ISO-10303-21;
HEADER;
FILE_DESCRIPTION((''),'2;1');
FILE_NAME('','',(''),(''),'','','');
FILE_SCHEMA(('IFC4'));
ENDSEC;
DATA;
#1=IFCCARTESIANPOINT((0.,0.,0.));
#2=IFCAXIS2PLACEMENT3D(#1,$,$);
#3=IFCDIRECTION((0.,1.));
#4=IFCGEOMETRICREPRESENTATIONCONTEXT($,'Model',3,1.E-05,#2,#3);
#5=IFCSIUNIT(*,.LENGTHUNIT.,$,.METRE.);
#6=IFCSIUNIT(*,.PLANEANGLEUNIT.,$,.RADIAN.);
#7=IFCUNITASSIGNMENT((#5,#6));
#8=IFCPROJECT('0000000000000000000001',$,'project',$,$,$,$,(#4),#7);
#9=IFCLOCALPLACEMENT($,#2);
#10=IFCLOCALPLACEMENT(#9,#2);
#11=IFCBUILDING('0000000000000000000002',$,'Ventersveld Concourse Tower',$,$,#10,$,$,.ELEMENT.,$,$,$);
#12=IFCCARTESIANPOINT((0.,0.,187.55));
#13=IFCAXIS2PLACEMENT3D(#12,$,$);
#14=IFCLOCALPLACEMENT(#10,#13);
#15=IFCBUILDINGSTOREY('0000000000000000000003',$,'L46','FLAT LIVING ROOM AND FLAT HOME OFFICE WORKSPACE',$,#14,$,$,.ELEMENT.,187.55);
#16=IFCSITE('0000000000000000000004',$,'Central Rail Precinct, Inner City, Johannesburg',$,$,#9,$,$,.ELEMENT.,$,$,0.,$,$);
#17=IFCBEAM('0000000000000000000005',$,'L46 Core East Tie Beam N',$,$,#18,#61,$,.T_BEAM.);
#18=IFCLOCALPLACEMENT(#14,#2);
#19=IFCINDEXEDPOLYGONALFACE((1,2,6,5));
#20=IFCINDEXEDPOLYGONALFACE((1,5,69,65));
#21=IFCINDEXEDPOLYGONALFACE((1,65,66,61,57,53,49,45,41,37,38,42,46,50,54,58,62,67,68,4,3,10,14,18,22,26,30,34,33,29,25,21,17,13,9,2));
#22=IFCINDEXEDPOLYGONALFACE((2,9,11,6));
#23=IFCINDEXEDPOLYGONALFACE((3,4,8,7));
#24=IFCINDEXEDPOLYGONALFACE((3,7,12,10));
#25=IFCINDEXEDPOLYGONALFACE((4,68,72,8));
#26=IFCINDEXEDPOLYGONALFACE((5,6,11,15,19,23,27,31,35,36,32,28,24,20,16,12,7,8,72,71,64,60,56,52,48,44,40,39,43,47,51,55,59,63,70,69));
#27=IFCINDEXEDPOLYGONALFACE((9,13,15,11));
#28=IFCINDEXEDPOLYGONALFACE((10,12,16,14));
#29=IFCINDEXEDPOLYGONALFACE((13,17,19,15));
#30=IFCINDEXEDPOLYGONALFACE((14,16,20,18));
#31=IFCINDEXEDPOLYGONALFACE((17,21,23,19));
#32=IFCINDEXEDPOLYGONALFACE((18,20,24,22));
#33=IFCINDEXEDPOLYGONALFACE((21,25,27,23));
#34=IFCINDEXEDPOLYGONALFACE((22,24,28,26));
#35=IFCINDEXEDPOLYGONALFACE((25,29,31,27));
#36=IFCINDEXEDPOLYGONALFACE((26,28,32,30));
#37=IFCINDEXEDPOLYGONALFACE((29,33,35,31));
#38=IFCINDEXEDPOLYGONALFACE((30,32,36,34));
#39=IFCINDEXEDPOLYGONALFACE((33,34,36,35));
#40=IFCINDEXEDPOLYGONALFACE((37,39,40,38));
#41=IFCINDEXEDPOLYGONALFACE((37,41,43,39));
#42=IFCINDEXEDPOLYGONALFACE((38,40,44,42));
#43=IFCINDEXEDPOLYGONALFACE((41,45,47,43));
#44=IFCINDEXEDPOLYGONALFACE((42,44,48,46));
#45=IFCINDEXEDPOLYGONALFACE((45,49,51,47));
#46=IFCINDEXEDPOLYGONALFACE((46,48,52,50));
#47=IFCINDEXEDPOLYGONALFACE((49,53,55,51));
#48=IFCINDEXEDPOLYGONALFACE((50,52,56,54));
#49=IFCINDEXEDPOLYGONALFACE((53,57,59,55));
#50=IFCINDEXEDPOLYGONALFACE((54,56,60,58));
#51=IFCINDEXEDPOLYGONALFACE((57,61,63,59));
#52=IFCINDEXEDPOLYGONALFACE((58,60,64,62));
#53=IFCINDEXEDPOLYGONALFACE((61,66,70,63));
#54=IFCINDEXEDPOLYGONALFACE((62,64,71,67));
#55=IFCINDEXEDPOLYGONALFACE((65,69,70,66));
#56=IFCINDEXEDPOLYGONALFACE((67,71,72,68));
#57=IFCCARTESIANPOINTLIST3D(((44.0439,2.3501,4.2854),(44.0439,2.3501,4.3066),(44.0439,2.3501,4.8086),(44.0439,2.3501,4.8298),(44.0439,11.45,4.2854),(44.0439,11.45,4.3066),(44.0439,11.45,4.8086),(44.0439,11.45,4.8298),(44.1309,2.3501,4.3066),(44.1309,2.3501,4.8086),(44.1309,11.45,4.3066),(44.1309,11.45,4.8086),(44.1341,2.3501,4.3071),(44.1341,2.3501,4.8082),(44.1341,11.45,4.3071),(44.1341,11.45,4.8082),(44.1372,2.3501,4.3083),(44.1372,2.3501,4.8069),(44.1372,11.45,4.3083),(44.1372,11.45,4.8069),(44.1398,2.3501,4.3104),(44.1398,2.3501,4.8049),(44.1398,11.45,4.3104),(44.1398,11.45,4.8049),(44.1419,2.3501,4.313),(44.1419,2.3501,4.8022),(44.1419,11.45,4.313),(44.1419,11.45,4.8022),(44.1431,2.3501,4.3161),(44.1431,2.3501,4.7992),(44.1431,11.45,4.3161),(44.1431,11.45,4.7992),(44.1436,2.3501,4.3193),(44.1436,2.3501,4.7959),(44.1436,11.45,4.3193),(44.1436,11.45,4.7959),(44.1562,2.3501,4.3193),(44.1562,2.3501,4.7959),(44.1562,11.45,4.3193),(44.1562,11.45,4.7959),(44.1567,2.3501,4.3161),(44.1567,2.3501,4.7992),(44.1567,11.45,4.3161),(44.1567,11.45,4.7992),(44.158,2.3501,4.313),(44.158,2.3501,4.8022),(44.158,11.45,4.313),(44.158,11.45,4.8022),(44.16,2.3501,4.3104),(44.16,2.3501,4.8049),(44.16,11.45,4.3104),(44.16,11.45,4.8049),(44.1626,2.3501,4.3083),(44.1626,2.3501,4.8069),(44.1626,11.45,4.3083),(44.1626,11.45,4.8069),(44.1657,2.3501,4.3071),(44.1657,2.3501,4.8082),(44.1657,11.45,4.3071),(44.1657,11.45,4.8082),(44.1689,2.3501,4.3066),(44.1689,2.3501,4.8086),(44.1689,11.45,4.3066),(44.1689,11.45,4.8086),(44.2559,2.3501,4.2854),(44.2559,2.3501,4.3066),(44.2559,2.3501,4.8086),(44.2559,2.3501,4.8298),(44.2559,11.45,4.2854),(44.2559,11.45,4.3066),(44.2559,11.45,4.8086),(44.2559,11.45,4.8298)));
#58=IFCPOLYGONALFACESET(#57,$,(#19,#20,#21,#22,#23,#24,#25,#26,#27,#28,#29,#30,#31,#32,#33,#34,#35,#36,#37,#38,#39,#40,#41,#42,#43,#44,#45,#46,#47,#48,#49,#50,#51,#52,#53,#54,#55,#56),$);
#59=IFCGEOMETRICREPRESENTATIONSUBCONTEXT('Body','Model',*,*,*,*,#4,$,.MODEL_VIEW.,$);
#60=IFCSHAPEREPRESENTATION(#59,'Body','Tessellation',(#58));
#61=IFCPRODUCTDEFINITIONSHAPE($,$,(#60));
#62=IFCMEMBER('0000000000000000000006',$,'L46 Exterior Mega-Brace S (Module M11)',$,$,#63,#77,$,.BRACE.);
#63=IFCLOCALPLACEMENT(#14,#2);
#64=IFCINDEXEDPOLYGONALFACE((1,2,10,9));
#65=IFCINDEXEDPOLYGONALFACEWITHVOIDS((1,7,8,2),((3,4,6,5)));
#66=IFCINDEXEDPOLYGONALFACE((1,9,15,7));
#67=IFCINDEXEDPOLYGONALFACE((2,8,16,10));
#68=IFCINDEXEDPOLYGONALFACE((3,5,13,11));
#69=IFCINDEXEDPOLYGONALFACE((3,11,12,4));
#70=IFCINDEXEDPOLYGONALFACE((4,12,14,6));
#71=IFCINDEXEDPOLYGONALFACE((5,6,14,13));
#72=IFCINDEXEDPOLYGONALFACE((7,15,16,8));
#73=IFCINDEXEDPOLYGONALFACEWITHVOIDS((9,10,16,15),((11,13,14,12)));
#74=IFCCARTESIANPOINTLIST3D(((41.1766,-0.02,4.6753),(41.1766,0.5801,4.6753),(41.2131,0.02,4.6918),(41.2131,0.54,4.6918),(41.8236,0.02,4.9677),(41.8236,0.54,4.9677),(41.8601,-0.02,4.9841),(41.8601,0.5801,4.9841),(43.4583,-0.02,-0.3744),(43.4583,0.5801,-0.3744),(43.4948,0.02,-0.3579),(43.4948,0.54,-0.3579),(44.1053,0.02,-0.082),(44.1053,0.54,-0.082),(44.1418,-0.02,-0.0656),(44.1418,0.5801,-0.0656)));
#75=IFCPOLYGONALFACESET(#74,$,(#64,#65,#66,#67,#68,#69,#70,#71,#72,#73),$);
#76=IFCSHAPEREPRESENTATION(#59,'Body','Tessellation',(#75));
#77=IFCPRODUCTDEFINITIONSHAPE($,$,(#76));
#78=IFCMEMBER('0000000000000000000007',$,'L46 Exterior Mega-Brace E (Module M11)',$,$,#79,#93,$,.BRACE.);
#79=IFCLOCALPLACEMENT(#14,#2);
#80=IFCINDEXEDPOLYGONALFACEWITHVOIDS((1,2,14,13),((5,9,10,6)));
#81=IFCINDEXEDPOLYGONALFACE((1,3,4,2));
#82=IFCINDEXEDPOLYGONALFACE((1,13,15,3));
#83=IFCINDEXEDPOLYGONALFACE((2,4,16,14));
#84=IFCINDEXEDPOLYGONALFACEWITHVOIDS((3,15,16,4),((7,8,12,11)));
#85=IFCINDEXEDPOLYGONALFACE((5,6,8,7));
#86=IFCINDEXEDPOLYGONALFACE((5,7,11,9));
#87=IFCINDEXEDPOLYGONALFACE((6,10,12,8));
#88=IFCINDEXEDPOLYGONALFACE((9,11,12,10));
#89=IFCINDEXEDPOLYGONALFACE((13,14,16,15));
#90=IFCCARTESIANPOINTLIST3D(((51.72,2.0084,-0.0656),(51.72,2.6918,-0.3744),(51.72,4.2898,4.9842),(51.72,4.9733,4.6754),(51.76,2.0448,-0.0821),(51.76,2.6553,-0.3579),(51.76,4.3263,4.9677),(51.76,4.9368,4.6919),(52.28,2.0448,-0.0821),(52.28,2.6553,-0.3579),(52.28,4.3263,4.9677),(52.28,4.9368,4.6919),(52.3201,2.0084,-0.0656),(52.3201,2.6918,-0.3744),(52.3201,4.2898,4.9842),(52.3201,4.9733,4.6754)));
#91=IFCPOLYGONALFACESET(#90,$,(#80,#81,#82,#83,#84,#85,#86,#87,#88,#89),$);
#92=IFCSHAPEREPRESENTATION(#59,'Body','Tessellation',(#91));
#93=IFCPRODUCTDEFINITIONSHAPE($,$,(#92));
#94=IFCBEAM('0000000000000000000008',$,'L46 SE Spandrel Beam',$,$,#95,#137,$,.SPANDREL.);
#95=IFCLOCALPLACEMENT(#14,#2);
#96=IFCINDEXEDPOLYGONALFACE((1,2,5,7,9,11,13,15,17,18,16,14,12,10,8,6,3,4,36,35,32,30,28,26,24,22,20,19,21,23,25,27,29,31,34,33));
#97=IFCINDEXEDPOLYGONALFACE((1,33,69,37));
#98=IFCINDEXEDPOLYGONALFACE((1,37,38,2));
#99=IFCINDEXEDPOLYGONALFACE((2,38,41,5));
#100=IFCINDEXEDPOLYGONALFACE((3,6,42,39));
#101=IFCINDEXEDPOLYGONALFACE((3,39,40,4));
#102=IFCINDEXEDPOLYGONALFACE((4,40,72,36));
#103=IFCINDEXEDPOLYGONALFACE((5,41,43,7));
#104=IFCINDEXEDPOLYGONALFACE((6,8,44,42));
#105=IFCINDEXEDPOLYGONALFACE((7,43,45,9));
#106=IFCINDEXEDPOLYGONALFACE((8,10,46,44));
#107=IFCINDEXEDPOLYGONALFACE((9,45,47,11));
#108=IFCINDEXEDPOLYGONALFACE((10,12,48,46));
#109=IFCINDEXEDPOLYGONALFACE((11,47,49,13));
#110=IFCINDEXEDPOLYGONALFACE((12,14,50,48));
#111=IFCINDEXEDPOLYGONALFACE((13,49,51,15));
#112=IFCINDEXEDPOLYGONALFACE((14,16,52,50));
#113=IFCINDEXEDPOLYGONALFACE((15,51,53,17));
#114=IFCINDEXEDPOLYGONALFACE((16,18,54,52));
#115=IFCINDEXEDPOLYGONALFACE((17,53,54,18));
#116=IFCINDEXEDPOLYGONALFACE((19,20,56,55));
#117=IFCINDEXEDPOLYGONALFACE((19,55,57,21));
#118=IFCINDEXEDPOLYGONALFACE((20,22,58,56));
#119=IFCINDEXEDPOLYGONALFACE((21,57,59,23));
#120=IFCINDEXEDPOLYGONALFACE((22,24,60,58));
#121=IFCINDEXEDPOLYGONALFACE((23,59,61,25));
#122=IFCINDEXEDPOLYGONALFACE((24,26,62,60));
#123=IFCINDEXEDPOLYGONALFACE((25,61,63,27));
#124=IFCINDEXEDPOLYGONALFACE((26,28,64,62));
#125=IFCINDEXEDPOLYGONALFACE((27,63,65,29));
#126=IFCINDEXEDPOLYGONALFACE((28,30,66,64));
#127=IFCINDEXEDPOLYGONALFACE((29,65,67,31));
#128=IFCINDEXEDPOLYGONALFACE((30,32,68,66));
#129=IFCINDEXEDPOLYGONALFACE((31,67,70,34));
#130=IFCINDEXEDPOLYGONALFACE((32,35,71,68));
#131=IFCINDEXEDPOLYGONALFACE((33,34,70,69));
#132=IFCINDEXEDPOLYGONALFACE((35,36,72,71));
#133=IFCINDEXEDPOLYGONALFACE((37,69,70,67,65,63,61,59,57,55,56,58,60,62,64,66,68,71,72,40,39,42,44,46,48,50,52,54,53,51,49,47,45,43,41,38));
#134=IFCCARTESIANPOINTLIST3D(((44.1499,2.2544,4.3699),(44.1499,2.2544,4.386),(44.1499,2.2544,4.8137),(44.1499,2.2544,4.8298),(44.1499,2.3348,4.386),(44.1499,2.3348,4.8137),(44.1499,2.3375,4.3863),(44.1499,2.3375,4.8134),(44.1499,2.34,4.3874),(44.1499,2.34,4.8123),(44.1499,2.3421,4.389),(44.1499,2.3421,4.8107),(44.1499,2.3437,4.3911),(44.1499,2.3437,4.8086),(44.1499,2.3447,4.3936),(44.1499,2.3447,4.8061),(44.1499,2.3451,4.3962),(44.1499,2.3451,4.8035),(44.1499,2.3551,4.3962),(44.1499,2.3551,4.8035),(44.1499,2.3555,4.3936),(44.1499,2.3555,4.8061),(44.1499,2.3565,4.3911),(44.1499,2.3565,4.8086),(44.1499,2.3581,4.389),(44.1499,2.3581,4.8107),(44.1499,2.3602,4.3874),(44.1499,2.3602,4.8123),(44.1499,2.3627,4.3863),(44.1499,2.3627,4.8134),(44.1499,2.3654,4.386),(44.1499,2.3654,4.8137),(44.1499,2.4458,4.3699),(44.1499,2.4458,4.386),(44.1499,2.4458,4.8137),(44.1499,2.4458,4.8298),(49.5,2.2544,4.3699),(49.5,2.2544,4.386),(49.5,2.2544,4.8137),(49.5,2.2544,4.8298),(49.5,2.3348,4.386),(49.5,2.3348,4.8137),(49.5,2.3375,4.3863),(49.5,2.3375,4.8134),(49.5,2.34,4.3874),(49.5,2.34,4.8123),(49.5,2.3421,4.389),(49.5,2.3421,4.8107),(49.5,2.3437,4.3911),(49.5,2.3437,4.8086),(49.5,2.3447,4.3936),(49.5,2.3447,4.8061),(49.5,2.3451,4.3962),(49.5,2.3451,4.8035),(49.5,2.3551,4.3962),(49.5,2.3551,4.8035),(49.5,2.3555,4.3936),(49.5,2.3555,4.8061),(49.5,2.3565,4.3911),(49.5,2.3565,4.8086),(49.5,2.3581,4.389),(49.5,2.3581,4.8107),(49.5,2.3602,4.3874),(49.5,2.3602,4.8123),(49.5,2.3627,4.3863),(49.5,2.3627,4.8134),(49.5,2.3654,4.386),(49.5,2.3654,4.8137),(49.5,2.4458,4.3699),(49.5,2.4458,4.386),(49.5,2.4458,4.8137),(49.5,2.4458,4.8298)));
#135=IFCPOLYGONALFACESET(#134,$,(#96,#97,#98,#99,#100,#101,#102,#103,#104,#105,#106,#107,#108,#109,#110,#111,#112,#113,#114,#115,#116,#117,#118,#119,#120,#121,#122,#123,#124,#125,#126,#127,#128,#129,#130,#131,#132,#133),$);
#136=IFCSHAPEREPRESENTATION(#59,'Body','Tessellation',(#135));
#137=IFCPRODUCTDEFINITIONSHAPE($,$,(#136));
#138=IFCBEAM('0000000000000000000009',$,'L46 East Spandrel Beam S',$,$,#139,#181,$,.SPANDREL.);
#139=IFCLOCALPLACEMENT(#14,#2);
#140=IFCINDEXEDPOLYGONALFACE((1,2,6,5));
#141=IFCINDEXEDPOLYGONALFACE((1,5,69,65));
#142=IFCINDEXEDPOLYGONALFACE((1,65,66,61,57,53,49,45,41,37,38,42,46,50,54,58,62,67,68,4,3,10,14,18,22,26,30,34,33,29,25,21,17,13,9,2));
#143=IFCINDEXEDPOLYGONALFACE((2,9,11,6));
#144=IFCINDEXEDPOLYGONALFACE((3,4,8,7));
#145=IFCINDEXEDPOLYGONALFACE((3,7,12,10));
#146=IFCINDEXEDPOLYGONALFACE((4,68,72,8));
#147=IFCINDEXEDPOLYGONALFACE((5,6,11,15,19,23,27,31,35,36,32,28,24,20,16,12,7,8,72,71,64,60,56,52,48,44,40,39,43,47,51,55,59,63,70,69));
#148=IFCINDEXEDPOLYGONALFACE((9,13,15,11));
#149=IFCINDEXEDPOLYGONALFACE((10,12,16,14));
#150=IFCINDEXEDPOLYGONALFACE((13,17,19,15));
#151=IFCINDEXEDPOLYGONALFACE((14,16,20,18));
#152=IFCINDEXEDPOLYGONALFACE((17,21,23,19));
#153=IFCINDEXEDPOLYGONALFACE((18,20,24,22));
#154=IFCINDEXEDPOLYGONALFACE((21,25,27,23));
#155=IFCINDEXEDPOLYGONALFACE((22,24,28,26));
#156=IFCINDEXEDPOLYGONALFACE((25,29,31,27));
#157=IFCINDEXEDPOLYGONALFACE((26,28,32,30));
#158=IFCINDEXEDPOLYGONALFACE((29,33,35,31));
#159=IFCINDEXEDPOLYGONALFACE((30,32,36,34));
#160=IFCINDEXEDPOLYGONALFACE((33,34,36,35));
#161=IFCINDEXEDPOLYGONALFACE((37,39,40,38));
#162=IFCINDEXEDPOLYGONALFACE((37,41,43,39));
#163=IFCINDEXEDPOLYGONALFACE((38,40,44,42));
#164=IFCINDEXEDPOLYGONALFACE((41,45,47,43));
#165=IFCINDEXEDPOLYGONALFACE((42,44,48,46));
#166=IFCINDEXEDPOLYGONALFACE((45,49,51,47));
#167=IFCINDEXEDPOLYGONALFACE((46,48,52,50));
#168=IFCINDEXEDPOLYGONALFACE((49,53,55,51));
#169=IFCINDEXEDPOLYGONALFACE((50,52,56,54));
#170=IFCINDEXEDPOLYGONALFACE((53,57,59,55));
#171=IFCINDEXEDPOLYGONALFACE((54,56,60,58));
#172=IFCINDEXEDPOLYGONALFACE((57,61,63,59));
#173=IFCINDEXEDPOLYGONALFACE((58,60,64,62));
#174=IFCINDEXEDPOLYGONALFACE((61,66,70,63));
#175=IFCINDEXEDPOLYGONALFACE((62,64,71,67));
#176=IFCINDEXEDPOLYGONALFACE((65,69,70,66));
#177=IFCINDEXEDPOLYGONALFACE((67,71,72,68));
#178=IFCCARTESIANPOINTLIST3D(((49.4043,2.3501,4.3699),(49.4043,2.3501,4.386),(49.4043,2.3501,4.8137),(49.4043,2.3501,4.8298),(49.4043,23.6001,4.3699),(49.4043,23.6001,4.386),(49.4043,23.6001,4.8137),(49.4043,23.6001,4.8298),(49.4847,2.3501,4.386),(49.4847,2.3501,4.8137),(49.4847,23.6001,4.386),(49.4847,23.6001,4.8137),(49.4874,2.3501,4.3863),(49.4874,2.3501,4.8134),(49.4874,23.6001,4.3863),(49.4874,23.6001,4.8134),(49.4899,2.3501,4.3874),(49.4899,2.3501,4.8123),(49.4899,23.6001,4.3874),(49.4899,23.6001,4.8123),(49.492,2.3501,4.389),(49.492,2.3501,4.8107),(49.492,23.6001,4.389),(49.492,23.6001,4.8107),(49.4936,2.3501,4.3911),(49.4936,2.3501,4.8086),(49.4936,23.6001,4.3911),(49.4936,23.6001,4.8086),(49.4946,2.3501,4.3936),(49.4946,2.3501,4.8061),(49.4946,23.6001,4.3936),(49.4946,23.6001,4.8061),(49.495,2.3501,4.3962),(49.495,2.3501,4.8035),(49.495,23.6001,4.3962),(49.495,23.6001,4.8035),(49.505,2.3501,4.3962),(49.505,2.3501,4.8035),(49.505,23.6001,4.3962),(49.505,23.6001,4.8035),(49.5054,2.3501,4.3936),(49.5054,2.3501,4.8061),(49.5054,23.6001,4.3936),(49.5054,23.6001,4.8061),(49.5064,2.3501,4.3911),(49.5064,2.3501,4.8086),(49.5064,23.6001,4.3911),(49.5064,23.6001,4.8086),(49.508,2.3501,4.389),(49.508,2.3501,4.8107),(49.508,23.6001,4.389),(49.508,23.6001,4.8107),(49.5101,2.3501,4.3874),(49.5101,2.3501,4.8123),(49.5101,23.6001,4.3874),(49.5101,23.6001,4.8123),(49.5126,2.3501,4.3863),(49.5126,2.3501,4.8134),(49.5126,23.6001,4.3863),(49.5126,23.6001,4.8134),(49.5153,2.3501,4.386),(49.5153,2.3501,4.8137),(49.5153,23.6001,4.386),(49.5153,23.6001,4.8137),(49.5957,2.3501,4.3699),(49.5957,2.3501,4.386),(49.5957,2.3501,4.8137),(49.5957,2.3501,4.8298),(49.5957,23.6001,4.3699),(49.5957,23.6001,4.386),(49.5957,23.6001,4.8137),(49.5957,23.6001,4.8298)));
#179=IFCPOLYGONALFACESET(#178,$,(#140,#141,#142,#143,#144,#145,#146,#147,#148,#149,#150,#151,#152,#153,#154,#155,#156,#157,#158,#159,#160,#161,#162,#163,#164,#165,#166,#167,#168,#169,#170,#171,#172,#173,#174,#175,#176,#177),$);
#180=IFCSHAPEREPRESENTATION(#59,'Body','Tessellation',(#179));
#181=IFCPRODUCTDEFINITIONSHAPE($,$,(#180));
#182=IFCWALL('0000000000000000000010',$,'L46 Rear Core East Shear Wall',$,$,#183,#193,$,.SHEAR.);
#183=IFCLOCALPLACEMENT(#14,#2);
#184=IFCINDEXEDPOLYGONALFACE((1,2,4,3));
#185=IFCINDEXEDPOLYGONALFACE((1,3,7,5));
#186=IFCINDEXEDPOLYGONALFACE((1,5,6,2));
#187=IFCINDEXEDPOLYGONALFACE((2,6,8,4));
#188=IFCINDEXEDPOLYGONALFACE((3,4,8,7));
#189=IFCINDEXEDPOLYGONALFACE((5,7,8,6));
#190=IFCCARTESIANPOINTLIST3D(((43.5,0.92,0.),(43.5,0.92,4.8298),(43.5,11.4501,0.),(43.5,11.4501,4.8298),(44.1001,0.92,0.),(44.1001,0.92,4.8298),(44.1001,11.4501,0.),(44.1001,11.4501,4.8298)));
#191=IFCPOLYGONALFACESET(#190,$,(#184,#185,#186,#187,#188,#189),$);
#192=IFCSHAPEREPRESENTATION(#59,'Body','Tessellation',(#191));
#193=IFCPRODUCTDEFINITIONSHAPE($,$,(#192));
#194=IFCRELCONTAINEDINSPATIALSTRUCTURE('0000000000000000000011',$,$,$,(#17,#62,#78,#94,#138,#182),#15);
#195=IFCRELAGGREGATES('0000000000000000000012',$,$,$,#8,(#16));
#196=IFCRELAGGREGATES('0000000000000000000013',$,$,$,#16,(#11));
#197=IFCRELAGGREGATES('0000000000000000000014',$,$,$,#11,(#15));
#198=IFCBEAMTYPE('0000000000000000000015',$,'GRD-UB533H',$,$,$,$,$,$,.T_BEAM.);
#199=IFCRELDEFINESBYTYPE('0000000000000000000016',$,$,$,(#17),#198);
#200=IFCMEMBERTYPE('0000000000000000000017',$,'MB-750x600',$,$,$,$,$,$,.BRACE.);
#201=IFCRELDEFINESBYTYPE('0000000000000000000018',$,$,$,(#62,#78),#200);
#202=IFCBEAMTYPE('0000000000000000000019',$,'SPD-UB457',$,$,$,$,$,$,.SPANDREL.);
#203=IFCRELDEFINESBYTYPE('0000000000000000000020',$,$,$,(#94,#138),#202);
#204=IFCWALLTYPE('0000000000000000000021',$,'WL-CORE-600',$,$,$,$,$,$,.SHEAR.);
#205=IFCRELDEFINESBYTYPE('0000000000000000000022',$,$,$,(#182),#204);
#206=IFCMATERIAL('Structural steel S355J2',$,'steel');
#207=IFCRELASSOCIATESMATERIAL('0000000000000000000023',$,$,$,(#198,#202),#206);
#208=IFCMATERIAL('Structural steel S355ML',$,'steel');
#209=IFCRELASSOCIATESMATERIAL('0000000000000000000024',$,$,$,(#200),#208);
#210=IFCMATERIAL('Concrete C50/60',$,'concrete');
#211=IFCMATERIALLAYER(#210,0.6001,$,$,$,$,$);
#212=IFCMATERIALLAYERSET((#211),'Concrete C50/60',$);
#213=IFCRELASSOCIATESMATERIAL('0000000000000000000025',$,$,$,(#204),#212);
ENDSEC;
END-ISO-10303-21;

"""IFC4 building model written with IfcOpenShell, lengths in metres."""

from ifc_helpers import new_model, si_unit, direction, frame, frame_2d, origin, origin_2d, place, context, subcontext, project, spatial, rectangle, hollow_rectangle, i_section, extrude, material, layer, layer_set, material_profile, profile_set, type_object, element, save


model = new_model("IFC4")

# Units and contexts
model_context = context("Model", 3, precision=1e-05, world=origin(), true_north=direction((0.0, 1.0)))
body_context = subcontext(model_context, "Body", "Model", "MODEL_VIEW")
ifc_project = project(units=[si_unit("LENGTHUNIT", "METRE"), si_unit("PLANEANGLEUNIT", "RADIAN")], contexts=[model_context])

# Site, building, storey
site_placement = place(None, origin())
site = spatial("IfcSite", under=ifc_project, at=site_placement, Name="Central Rail Precinct, Inner City, Johannesburg", CompositionType="ELEMENT", RefElevation=0.0)
building_placement = place(site_placement, origin())
building = spatial("IfcBuilding", under=site, at=building_placement, Name="Ventersveld Concourse Tower", CompositionType="ELEMENT")
storey_placement = place(building_placement, frame((0.0, 0.0, 187.55)))
storey = spatial("IfcBuildingStorey", under=building, at=storey_placement, Name="L46", Description="FLAT LIVING ROOM AND FLAT HOME OFFICE WORKSPACE", CompositionType="ELEMENT", Elevation=187.55)

# Shared definitions
ifc_material_1 = material(Name="Concrete C50/60", Category="concrete")

# Beam
ifc_material_2 = material(Name="Structural steel S355J2", Category="steel")
ifc_material_profile_1 = material_profile(ifc_material_2, i_section(OverallWidth=0.2119, OverallDepth=0.5444, WebThickness=0.0127, FlangeThickness=0.0212, FilletRadius=0.0127, at=origin_2d()), Name="UB 533x210x122")
ifc_profile_set_1 = profile_set([ifc_material_profile_1], Name="Structural steel S355J2")
beam_type_1 = type_object("IfcBeamType", Name="GRD-UB533H", PredefinedType="T_BEAM", material=ifc_profile_set_1)
beam_1_placement = place(storey_placement, frame((44.1499, 2.3501, 4.5576), z_axis=(0.0, 1.0, 0.0), x_axis=(-1.0, 0.0, 0.0)))
element("IfcBeam", 1, at=beam_1_placement, inside=storey, type_object=beam_type_1, Name="L46 Core East Tie Beam N", PredefinedType="T_BEAM", context=body_context, shape_type="SweptSolid", body=[
    extrude(i_section(OverallWidth=0.2119, OverallDepth=0.5444, WebThickness=0.0127, FlangeThickness=0.0212, FilletRadius=0.0127, at=origin_2d()), origin(), (0.0, 0.0, 1.0), 9.0999),
])

# Members
ifc_material_3 = material(Name="Structural steel S355ML", Category="steel")
ifc_material_profile_2 = material_profile(ifc_material_3, hollow_rectangle(XDim=0.6001, YDim=0.75, WallThickness=0.04, at=origin_2d()), Name="BOX 750x600x40")
ifc_profile_set_2 = profile_set([ifc_material_profile_2], Name="Structural steel S355ML")
member_type = type_object("IfcMemberType", Name="MB-750x600", PredefinedType="BRACE", material=ifc_profile_set_2)
for number, where, z_axis, x_axis, name in (
    (2, (43.8, 0.28, -0.22), (-0.411764, 0.0, 0.911291), (0.0, -1.0, 0.0), "L46 Exterior Mega-Brace S (Module M11)"),
    (3, (52.02, 2.3501, -0.22), (0.0, 0.411727, 0.911307), (-1.0, 0.0, 0.0), "L46 Exterior Mega-Brace E (Module M11)"),
):
    element("IfcMember", number, at=place(storey_placement, frame(where, z_axis=z_axis, x_axis=x_axis)), inside=storey, type_object=member_type, Name=name, PredefinedType="BRACE", context=body_context, shape_type="SweptSolid", body=[
        extrude(hollow_rectangle(XDim=0.6001, YDim=0.75, WallThickness=0.04, at=origin_2d()), origin(), (0.0, 0.0, 1.0), 5.5413),
    ])

# Beams
ifc_material_profile_3 = material_profile(ifc_material_2, i_section(OverallWidth=0.1914, OverallDepth=0.46, WebThickness=0.01, FlangeThickness=0.0161, FilletRadius=0.0103, at=origin_2d()), Name="UB 457x191x82")
ifc_profile_set_3 = profile_set([ifc_material_profile_3], Name="Structural steel S355J2")
beam_type_2 = type_object("IfcBeamType", Name="SPD-UB457", PredefinedType="SPANDREL", material=ifc_profile_set_3)
beam_2_placement = place(storey_placement, frame((44.1499, 2.3501, 4.5999), z_axis=(1.0, 0.0, 0.0), x_axis=(0.0, 1.0, 0.0)))
element("IfcBeam", 4, at=beam_2_placement, inside=storey, type_object=beam_type_2, Name="L46 SE Spandrel Beam", PredefinedType="SPANDREL", context=body_context, shape_type="SweptSolid", body=[
    extrude(i_section(OverallWidth=0.1914, OverallDepth=0.46, WebThickness=0.01, FlangeThickness=0.0161, FilletRadius=0.0103, at=origin_2d()), origin(), (0.0, 0.0, 1.0), 5.3501),
])
beam_3_placement = place(storey_placement, frame((49.5, 2.3501, 4.5999), z_axis=(0.0, 1.0, 0.0), x_axis=(-1.0, 0.0, 0.0)))
element("IfcBeam", 5, at=beam_3_placement, inside=storey, type_object=beam_type_2, Name="L46 East Spandrel Beam S", PredefinedType="SPANDREL", context=body_context, shape_type="SweptSolid", body=[
    extrude(i_section(OverallWidth=0.1914, OverallDepth=0.46, WebThickness=0.01, FlangeThickness=0.0161, FilletRadius=0.0103, at=origin_2d()), origin(), (0.0, 0.0, 1.0), 21.25),
])

# Wall
ifc_layer_1 = layer(ifc_material_1, 0.6001)
ifc_layer_set_1 = layer_set([ifc_layer_1], Name="Concrete C50/60")
wall_type_1 = type_object("IfcWallType", Name="WL-CORE-600", PredefinedType="SHEAR", material=ifc_layer_set_1)
wall_1_placement = place(storey_placement, frame((43.8, 0.9199, 0.0), z_axis=(0.0, 0.0, 1.0), x_axis=(0.0, 1.0, 0.0)))
element("IfcWall", 6, at=wall_1_placement, inside=storey, type_object=wall_type_1, Name="L46 Rear Core East Shear Wall", PredefinedType="SHEAR", context=body_context, shape_type="SweptSolid", body=[
    extrude(rectangle(XDim=10.53, YDim=0.6001, at=frame_2d((5.2651, 0.0))), origin(), (0.0, 0.0, 1.0), 4.8298),
])

save(model, "model.ifc")
